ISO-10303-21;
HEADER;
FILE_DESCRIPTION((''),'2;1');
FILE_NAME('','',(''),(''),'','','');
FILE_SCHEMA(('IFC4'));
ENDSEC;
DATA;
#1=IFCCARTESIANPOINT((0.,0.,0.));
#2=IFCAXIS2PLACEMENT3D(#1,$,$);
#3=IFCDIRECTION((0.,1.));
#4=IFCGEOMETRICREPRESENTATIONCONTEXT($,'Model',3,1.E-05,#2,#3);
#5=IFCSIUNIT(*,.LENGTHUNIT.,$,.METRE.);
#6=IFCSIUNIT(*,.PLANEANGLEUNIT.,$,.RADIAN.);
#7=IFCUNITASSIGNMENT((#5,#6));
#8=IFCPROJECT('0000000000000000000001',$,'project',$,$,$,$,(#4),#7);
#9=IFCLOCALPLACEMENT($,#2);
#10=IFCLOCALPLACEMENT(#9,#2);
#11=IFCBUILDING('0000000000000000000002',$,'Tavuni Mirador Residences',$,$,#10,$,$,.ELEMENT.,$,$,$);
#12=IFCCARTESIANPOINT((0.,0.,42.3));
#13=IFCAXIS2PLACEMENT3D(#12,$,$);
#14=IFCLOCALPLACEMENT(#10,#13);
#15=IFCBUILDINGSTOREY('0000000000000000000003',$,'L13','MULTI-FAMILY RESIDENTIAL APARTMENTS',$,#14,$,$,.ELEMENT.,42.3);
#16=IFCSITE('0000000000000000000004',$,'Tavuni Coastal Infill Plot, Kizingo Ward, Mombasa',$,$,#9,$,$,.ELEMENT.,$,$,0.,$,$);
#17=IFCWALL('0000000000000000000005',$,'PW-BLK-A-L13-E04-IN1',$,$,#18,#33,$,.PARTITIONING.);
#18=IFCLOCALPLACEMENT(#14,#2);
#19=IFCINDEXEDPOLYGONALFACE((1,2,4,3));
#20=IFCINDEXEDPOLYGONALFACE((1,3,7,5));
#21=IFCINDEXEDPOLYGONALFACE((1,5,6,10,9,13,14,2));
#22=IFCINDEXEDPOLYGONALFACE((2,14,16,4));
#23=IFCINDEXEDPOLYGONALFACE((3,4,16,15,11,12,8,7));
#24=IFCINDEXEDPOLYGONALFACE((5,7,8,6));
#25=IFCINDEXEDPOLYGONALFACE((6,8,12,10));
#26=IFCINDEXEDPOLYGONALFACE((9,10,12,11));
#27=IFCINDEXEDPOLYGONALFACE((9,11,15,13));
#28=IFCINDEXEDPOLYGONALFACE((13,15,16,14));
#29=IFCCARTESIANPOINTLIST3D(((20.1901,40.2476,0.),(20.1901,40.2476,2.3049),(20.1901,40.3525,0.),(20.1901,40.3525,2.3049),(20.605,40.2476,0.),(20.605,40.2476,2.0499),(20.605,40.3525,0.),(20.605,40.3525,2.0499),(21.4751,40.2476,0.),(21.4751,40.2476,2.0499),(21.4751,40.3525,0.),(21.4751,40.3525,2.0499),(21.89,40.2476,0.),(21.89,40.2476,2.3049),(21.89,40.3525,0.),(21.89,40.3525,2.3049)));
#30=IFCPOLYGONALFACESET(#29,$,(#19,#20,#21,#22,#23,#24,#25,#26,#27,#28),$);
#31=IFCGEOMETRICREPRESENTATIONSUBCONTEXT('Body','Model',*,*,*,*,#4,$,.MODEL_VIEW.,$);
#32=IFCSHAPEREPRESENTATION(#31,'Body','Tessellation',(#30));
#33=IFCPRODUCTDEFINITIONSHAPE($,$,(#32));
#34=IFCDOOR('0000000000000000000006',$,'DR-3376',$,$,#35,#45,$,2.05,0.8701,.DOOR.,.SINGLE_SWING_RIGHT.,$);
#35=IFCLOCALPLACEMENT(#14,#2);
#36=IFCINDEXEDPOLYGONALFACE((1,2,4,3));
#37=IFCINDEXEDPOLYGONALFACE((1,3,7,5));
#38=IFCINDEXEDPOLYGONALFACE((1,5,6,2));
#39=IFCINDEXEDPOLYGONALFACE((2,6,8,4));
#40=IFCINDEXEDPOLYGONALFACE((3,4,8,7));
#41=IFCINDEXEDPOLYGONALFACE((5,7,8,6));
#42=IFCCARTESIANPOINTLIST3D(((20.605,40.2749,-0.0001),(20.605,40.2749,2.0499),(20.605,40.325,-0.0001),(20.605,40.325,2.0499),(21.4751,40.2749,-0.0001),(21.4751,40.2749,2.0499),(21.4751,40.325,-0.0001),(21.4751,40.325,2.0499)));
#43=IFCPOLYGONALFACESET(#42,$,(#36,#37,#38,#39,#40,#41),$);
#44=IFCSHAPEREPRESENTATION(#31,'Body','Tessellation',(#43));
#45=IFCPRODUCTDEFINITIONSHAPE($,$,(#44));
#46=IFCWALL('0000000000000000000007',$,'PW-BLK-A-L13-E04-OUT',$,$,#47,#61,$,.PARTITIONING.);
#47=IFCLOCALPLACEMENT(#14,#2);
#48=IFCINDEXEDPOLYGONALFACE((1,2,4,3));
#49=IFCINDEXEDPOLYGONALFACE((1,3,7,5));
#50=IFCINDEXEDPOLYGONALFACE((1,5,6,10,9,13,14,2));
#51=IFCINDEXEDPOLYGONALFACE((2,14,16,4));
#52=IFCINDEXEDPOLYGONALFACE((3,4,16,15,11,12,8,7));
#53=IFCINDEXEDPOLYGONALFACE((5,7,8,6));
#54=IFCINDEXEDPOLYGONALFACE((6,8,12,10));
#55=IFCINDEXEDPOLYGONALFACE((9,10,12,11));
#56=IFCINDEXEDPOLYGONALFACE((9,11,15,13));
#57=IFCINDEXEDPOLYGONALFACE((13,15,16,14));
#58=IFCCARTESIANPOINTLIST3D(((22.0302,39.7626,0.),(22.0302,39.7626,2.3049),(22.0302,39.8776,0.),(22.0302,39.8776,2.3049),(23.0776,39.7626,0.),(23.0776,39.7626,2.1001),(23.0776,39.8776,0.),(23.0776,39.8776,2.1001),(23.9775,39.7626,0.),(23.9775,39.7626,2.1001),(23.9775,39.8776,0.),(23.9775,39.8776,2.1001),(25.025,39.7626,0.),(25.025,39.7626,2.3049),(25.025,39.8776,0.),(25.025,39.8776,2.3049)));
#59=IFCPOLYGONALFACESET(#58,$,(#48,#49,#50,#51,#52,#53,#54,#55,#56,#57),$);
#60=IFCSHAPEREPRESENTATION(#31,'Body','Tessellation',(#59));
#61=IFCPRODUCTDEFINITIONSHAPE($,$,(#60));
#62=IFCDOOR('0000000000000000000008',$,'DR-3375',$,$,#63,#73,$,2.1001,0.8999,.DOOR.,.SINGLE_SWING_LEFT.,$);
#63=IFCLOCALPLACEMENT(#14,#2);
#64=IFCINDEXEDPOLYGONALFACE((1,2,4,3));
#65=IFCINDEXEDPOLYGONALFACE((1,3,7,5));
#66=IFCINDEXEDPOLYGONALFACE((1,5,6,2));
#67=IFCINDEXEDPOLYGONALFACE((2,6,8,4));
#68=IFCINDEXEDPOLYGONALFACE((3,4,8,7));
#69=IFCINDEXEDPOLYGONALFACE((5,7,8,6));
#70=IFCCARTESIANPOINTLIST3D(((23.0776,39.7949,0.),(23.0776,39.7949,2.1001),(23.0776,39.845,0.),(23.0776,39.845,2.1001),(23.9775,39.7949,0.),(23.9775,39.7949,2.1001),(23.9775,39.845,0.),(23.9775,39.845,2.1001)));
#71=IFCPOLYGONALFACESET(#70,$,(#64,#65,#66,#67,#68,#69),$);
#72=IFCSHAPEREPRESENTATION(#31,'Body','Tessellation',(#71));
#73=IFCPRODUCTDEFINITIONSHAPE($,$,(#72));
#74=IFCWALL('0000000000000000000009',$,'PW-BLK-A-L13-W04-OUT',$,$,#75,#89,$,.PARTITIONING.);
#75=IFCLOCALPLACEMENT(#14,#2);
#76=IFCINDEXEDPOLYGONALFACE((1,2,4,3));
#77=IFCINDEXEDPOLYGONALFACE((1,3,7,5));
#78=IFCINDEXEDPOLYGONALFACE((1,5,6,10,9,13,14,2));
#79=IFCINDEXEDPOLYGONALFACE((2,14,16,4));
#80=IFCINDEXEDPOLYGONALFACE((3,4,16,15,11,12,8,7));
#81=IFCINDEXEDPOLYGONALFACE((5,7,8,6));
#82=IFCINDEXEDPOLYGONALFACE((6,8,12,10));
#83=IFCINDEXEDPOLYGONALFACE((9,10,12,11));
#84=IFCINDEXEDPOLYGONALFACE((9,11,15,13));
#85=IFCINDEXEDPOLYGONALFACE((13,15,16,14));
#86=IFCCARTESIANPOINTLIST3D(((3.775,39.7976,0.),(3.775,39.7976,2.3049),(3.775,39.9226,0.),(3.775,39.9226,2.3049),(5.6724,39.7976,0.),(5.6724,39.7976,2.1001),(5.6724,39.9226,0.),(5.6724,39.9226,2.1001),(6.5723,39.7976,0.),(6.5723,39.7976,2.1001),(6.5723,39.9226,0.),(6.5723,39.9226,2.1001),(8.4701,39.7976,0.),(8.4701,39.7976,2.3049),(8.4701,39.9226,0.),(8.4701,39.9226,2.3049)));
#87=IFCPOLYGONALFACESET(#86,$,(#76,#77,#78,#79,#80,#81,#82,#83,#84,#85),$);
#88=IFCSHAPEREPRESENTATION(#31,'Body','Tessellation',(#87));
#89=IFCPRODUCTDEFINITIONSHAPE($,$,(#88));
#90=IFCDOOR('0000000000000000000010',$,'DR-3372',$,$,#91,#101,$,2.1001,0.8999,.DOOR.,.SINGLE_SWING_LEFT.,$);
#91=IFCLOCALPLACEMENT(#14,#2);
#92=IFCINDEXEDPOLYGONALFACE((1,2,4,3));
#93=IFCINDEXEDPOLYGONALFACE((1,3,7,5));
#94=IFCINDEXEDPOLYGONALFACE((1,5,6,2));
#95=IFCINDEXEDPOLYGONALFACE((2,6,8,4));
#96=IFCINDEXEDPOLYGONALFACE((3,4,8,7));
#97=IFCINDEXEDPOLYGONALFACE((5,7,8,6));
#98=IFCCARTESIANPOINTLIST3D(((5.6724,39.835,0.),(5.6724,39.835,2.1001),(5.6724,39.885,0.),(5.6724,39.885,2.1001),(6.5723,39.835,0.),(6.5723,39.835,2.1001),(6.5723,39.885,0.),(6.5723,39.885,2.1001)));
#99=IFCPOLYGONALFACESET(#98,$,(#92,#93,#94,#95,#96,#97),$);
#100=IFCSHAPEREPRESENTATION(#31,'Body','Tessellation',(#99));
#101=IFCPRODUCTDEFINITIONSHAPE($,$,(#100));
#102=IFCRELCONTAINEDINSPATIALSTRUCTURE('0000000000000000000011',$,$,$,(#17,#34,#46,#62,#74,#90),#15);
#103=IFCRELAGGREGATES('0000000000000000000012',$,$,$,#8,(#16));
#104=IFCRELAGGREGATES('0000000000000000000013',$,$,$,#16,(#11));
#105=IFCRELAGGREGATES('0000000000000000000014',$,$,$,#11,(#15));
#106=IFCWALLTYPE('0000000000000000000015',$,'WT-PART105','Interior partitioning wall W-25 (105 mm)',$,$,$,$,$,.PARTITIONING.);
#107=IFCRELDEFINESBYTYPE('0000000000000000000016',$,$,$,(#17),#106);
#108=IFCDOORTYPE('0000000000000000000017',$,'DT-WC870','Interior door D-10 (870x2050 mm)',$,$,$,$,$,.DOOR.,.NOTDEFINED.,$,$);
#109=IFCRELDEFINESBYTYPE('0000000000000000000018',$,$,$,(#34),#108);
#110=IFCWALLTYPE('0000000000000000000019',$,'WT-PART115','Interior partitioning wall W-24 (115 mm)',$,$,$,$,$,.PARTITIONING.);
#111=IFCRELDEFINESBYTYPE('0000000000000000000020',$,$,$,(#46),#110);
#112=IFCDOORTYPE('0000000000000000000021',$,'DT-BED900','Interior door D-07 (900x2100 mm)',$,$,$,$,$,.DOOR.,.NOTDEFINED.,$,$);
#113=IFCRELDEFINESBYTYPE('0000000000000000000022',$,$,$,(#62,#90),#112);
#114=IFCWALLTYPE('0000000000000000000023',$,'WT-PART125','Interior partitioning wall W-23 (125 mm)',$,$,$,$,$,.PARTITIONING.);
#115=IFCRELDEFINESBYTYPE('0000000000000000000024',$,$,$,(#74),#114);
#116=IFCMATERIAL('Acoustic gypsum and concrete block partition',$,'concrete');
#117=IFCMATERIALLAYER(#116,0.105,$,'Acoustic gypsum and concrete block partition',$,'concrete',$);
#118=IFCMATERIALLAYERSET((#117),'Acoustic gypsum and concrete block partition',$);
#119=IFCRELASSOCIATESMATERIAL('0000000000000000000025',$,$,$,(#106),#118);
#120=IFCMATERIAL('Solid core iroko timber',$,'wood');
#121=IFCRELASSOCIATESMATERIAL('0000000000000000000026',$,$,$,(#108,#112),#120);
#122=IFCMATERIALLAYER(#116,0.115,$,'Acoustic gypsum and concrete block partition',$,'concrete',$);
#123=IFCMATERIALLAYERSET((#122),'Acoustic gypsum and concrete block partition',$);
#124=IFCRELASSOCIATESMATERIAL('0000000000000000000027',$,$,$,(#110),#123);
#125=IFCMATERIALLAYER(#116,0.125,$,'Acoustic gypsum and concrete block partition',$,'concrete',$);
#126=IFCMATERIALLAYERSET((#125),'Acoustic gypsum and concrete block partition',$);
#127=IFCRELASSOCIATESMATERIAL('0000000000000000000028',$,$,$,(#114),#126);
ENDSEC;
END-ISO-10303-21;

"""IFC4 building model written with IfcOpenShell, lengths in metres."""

from ifc_helpers import new_model, si_unit, direction, frame, frame_2d, origin, place, context, subcontext, project, spatial, rectangle, extrude, material, layer, layer_set, type_object, element, fill, save


model = new_model("IFC4")

# Units and contexts
model_context = context("Model", 3, precision=1e-05, world=origin(), true_north=direction((0.0, 1.0)))
body_context = subcontext(model_context, "Body", "Model", "MODEL_VIEW")
ifc_project = project(units=[si_unit("LENGTHUNIT", "METRE"), si_unit("PLANEANGLEUNIT", "RADIAN")], contexts=[model_context])

# Site, building, storey
site_placement = place(None, origin())
site = spatial("IfcSite", under=ifc_project, at=site_placement, Name="Tavuni Coastal Infill Plot, Kizingo Ward, Mombasa", CompositionType="ELEMENT", RefElevation=0.0)
building_placement = place(site_placement, origin())
building = spatial("IfcBuilding", under=site, at=building_placement, Name="Tavuni Mirador Residences", CompositionType="ELEMENT")
storey_placement = place(building_placement, frame((0.0, 0.0, 42.3)))
storey = spatial("IfcBuildingStorey", under=building, at=storey_placement, Name="L13", Description="MULTI-FAMILY RESIDENTIAL APARTMENTS", CompositionType="ELEMENT", Elevation=42.3)

# Walls, openings, doors
ifc_material_1 = material(Name="Acoustic gypsum and concrete block partition", Category="concrete")
ifc_material_2 = material(Name="Solid core iroko timber", Category="wood")
ifc_layer_1 = layer(ifc_material_1, 0.105, Name="Acoustic gypsum and concrete block partition", Category="concrete")
ifc_layer_set_1 = layer_set([ifc_layer_1], Name="Acoustic gypsum and concrete block partition")
wall_type_1 = type_object("IfcWallType", Name="WT-PART105", Description="Interior partitioning wall W-25 (105 mm)", PredefinedType="PARTITIONING", material=ifc_layer_set_1)
wall_1_placement = place(storey_placement, frame((20.1899, 40.3, 0.0), z_axis=(0.0, 0.0, 1.0), x_axis=(1.0, 0.0, 0.0)))
wall_1 = element("IfcWall", 1, at=wall_1_placement, inside=storey, type_object=wall_type_1, Name="PW-BLK-A-L13-E04-IN1", PredefinedType="PARTITIONING", context=body_context, shape_type="SweptSolid", body=[
    extrude(rectangle(XDim=1.7, YDim=0.105, at=frame_2d((0.8501, 0.0))), origin(), (0.0, 0.0, 1.0), 2.3049),
])
opening_1_placement = place(wall_1_placement, frame((0.415, 0.0, 0.0)))
opening_1 = element("IfcOpeningElement", 2, at=opening_1_placement, cuts=wall_1, PredefinedType="OPENING", context=body_context, shape_type="SweptSolid", body=[
    extrude(rectangle(XDim=0.8701, YDim=2.05, at=frame_2d((0.4351, 1.0249))), frame((0.0, 0.0625, 0.0), z_axis=(0.0, -1.0, 0.0), x_axis=(1.0, 0.0, 0.0)), (0.0, 0.0, 1.0), 0.125),
])
door_type_1 = type_object("IfcDoorType", Name="DT-WC870", Description="Interior door D-10 (870x2050 mm)", OperationType="NOTDEFINED", PredefinedType="DOOR", material=ifc_material_2)
door_1_placement = place(opening_1_placement, origin())
door_1 = element("IfcDoor", 3, at=door_1_placement, inside=storey, type_object=door_type_1, Name="DR-3376", OperationType="SINGLE_SWING_RIGHT", OverallHeight=2.05, OverallWidth=0.8701, PredefinedType="DOOR", context=body_context, shape_type="SweptSolid", body=[
    extrude(rectangle(XDim=0.8701, YDim=2.05, at=frame_2d((0.4351, 1.0249))), frame((0.0, 0.0249, 0.0), z_axis=(0.0, -1.0, 0.0), x_axis=(1.0, 0.0, 0.0)), (0.0, 0.0, 1.0), 0.05),
])
fill(opening_1, door_1)
ifc_layer_2 = layer(ifc_material_1, 0.115, Name="Acoustic gypsum and concrete block partition", Category="concrete")
ifc_layer_set_2 = layer_set([ifc_layer_2], Name="Acoustic gypsum and concrete block partition")
wall_type_2 = type_object("IfcWallType", Name="WT-PART115", Description="Interior partitioning wall W-24 (115 mm)", PredefinedType="PARTITIONING", material=ifc_layer_set_2)
wall_2_placement = place(storey_placement, frame((22.03, 39.8201, 0.0), z_axis=(0.0, 0.0, 1.0), x_axis=(1.0, 0.0, 0.0)))
wall_2 = element("IfcWall", 4, at=wall_2_placement, inside=storey, type_object=wall_type_2, Name="PW-BLK-A-L13-E04-OUT", PredefinedType="PARTITIONING", context=body_context, shape_type="SweptSolid", body=[
    extrude(rectangle(XDim=2.9949, YDim=0.115, at=frame_2d((1.4976, 0.0))), origin(), (0.0, 0.0, 1.0), 2.3049),
])
opening_2_placement = place(wall_2_placement, frame((1.0476, 0.0, 0.0)))
opening_2 = element("IfcOpeningElement", 5, at=opening_2_placement, cuts=wall_2, PredefinedType="OPENING", context=body_context, shape_type="SweptSolid", body=[
    extrude(rectangle(XDim=0.8999, YDim=2.1001, at=frame_2d((0.45, 1.05))), frame((0.0, 0.0674, 0.0), z_axis=(0.0, -1.0, 0.0), x_axis=(1.0, 0.0, 0.0)), (0.0, 0.0, 1.0), 0.135),
])
door_type_2 = type_object("IfcDoorType", Name="DT-BED900", Description="Interior door D-07 (900x2100 mm)", OperationType="NOTDEFINED", PredefinedType="DOOR", material=ifc_material_2)
door_2_placement = place(opening_2_placement, origin())
door_2 = element("IfcDoor", 6, at=door_2_placement, inside=storey, type_object=door_type_2, Name="DR-3375", OperationType="SINGLE_SWING_LEFT", OverallHeight=2.1001, OverallWidth=0.8999, PredefinedType="DOOR", context=body_context, shape_type="SweptSolid", body=[
    extrude(rectangle(XDim=0.8999, YDim=2.1001, at=frame_2d((0.45, 1.05))), frame((0.0, 0.0249, 0.0), z_axis=(0.0, -1.0, 0.0), x_axis=(1.0, 0.0, 0.0)), (0.0, 0.0, 1.0), 0.05),
])
fill(opening_2, door_2)
ifc_layer_3 = layer(ifc_material_1, 0.125, Name="Acoustic gypsum and concrete block partition", Category="concrete")
ifc_layer_set_3 = layer_set([ifc_layer_3], Name="Acoustic gypsum and concrete block partition")
wall_type_3 = type_object("IfcWallType", Name="WT-PART125", Description="Interior partitioning wall W-23 (125 mm)", PredefinedType="PARTITIONING", material=ifc_layer_set_3)
wall_3_placement = place(storey_placement, frame((3.7749, 39.8601, 0.0), z_axis=(0.0, 0.0, 1.0), x_axis=(1.0, 0.0, 0.0)))
wall_3 = element("IfcWall", 7, at=wall_3_placement, inside=storey, type_object=wall_type_3, Name="PW-BLK-A-L13-W04-OUT", PredefinedType="PARTITIONING", context=body_context, shape_type="SweptSolid", body=[
    extrude(rectangle(XDim=4.6951, YDim=0.125, at=frame_2d((2.3477, 0.0))), origin(), (0.0, 0.0, 1.0), 2.3049),
])
opening_3_placement = place(wall_3_placement, frame((1.8975, 0.0, 0.0)))
opening_3 = element("IfcOpeningElement", 8, at=opening_3_placement, cuts=wall_3, PredefinedType="OPENING", context=body_context, shape_type="SweptSolid", body=[
    extrude(rectangle(XDim=0.8999, YDim=2.1001, at=frame_2d((0.45, 1.05))), frame((0.0, 0.0725, 0.0), z_axis=(0.0, -1.0, 0.0), x_axis=(1.0, 0.0, 0.0)), (0.0, 0.0, 1.0), 0.145),
])
door_3_placement = place(opening_3_placement, origin())
door_3 = element("IfcDoor", 9, at=door_3_placement, inside=storey, type_object=door_type_2, Name="DR-3372", OperationType="SINGLE_SWING_LEFT", OverallHeight=2.1001, OverallWidth=0.8999, PredefinedType="DOOR", context=body_context, shape_type="SweptSolid", body=[
    extrude(rectangle(XDim=0.8999, YDim=2.1001, at=frame_2d((0.45, 1.05))), frame((0.0, 0.0249, 0.0), z_axis=(0.0, -1.0, 0.0), x_axis=(1.0, 0.0, 0.0)), (0.0, 0.0, 1.0), 0.05),
])
fill(opening_3, door_3)

save(model, "model.ifc")
